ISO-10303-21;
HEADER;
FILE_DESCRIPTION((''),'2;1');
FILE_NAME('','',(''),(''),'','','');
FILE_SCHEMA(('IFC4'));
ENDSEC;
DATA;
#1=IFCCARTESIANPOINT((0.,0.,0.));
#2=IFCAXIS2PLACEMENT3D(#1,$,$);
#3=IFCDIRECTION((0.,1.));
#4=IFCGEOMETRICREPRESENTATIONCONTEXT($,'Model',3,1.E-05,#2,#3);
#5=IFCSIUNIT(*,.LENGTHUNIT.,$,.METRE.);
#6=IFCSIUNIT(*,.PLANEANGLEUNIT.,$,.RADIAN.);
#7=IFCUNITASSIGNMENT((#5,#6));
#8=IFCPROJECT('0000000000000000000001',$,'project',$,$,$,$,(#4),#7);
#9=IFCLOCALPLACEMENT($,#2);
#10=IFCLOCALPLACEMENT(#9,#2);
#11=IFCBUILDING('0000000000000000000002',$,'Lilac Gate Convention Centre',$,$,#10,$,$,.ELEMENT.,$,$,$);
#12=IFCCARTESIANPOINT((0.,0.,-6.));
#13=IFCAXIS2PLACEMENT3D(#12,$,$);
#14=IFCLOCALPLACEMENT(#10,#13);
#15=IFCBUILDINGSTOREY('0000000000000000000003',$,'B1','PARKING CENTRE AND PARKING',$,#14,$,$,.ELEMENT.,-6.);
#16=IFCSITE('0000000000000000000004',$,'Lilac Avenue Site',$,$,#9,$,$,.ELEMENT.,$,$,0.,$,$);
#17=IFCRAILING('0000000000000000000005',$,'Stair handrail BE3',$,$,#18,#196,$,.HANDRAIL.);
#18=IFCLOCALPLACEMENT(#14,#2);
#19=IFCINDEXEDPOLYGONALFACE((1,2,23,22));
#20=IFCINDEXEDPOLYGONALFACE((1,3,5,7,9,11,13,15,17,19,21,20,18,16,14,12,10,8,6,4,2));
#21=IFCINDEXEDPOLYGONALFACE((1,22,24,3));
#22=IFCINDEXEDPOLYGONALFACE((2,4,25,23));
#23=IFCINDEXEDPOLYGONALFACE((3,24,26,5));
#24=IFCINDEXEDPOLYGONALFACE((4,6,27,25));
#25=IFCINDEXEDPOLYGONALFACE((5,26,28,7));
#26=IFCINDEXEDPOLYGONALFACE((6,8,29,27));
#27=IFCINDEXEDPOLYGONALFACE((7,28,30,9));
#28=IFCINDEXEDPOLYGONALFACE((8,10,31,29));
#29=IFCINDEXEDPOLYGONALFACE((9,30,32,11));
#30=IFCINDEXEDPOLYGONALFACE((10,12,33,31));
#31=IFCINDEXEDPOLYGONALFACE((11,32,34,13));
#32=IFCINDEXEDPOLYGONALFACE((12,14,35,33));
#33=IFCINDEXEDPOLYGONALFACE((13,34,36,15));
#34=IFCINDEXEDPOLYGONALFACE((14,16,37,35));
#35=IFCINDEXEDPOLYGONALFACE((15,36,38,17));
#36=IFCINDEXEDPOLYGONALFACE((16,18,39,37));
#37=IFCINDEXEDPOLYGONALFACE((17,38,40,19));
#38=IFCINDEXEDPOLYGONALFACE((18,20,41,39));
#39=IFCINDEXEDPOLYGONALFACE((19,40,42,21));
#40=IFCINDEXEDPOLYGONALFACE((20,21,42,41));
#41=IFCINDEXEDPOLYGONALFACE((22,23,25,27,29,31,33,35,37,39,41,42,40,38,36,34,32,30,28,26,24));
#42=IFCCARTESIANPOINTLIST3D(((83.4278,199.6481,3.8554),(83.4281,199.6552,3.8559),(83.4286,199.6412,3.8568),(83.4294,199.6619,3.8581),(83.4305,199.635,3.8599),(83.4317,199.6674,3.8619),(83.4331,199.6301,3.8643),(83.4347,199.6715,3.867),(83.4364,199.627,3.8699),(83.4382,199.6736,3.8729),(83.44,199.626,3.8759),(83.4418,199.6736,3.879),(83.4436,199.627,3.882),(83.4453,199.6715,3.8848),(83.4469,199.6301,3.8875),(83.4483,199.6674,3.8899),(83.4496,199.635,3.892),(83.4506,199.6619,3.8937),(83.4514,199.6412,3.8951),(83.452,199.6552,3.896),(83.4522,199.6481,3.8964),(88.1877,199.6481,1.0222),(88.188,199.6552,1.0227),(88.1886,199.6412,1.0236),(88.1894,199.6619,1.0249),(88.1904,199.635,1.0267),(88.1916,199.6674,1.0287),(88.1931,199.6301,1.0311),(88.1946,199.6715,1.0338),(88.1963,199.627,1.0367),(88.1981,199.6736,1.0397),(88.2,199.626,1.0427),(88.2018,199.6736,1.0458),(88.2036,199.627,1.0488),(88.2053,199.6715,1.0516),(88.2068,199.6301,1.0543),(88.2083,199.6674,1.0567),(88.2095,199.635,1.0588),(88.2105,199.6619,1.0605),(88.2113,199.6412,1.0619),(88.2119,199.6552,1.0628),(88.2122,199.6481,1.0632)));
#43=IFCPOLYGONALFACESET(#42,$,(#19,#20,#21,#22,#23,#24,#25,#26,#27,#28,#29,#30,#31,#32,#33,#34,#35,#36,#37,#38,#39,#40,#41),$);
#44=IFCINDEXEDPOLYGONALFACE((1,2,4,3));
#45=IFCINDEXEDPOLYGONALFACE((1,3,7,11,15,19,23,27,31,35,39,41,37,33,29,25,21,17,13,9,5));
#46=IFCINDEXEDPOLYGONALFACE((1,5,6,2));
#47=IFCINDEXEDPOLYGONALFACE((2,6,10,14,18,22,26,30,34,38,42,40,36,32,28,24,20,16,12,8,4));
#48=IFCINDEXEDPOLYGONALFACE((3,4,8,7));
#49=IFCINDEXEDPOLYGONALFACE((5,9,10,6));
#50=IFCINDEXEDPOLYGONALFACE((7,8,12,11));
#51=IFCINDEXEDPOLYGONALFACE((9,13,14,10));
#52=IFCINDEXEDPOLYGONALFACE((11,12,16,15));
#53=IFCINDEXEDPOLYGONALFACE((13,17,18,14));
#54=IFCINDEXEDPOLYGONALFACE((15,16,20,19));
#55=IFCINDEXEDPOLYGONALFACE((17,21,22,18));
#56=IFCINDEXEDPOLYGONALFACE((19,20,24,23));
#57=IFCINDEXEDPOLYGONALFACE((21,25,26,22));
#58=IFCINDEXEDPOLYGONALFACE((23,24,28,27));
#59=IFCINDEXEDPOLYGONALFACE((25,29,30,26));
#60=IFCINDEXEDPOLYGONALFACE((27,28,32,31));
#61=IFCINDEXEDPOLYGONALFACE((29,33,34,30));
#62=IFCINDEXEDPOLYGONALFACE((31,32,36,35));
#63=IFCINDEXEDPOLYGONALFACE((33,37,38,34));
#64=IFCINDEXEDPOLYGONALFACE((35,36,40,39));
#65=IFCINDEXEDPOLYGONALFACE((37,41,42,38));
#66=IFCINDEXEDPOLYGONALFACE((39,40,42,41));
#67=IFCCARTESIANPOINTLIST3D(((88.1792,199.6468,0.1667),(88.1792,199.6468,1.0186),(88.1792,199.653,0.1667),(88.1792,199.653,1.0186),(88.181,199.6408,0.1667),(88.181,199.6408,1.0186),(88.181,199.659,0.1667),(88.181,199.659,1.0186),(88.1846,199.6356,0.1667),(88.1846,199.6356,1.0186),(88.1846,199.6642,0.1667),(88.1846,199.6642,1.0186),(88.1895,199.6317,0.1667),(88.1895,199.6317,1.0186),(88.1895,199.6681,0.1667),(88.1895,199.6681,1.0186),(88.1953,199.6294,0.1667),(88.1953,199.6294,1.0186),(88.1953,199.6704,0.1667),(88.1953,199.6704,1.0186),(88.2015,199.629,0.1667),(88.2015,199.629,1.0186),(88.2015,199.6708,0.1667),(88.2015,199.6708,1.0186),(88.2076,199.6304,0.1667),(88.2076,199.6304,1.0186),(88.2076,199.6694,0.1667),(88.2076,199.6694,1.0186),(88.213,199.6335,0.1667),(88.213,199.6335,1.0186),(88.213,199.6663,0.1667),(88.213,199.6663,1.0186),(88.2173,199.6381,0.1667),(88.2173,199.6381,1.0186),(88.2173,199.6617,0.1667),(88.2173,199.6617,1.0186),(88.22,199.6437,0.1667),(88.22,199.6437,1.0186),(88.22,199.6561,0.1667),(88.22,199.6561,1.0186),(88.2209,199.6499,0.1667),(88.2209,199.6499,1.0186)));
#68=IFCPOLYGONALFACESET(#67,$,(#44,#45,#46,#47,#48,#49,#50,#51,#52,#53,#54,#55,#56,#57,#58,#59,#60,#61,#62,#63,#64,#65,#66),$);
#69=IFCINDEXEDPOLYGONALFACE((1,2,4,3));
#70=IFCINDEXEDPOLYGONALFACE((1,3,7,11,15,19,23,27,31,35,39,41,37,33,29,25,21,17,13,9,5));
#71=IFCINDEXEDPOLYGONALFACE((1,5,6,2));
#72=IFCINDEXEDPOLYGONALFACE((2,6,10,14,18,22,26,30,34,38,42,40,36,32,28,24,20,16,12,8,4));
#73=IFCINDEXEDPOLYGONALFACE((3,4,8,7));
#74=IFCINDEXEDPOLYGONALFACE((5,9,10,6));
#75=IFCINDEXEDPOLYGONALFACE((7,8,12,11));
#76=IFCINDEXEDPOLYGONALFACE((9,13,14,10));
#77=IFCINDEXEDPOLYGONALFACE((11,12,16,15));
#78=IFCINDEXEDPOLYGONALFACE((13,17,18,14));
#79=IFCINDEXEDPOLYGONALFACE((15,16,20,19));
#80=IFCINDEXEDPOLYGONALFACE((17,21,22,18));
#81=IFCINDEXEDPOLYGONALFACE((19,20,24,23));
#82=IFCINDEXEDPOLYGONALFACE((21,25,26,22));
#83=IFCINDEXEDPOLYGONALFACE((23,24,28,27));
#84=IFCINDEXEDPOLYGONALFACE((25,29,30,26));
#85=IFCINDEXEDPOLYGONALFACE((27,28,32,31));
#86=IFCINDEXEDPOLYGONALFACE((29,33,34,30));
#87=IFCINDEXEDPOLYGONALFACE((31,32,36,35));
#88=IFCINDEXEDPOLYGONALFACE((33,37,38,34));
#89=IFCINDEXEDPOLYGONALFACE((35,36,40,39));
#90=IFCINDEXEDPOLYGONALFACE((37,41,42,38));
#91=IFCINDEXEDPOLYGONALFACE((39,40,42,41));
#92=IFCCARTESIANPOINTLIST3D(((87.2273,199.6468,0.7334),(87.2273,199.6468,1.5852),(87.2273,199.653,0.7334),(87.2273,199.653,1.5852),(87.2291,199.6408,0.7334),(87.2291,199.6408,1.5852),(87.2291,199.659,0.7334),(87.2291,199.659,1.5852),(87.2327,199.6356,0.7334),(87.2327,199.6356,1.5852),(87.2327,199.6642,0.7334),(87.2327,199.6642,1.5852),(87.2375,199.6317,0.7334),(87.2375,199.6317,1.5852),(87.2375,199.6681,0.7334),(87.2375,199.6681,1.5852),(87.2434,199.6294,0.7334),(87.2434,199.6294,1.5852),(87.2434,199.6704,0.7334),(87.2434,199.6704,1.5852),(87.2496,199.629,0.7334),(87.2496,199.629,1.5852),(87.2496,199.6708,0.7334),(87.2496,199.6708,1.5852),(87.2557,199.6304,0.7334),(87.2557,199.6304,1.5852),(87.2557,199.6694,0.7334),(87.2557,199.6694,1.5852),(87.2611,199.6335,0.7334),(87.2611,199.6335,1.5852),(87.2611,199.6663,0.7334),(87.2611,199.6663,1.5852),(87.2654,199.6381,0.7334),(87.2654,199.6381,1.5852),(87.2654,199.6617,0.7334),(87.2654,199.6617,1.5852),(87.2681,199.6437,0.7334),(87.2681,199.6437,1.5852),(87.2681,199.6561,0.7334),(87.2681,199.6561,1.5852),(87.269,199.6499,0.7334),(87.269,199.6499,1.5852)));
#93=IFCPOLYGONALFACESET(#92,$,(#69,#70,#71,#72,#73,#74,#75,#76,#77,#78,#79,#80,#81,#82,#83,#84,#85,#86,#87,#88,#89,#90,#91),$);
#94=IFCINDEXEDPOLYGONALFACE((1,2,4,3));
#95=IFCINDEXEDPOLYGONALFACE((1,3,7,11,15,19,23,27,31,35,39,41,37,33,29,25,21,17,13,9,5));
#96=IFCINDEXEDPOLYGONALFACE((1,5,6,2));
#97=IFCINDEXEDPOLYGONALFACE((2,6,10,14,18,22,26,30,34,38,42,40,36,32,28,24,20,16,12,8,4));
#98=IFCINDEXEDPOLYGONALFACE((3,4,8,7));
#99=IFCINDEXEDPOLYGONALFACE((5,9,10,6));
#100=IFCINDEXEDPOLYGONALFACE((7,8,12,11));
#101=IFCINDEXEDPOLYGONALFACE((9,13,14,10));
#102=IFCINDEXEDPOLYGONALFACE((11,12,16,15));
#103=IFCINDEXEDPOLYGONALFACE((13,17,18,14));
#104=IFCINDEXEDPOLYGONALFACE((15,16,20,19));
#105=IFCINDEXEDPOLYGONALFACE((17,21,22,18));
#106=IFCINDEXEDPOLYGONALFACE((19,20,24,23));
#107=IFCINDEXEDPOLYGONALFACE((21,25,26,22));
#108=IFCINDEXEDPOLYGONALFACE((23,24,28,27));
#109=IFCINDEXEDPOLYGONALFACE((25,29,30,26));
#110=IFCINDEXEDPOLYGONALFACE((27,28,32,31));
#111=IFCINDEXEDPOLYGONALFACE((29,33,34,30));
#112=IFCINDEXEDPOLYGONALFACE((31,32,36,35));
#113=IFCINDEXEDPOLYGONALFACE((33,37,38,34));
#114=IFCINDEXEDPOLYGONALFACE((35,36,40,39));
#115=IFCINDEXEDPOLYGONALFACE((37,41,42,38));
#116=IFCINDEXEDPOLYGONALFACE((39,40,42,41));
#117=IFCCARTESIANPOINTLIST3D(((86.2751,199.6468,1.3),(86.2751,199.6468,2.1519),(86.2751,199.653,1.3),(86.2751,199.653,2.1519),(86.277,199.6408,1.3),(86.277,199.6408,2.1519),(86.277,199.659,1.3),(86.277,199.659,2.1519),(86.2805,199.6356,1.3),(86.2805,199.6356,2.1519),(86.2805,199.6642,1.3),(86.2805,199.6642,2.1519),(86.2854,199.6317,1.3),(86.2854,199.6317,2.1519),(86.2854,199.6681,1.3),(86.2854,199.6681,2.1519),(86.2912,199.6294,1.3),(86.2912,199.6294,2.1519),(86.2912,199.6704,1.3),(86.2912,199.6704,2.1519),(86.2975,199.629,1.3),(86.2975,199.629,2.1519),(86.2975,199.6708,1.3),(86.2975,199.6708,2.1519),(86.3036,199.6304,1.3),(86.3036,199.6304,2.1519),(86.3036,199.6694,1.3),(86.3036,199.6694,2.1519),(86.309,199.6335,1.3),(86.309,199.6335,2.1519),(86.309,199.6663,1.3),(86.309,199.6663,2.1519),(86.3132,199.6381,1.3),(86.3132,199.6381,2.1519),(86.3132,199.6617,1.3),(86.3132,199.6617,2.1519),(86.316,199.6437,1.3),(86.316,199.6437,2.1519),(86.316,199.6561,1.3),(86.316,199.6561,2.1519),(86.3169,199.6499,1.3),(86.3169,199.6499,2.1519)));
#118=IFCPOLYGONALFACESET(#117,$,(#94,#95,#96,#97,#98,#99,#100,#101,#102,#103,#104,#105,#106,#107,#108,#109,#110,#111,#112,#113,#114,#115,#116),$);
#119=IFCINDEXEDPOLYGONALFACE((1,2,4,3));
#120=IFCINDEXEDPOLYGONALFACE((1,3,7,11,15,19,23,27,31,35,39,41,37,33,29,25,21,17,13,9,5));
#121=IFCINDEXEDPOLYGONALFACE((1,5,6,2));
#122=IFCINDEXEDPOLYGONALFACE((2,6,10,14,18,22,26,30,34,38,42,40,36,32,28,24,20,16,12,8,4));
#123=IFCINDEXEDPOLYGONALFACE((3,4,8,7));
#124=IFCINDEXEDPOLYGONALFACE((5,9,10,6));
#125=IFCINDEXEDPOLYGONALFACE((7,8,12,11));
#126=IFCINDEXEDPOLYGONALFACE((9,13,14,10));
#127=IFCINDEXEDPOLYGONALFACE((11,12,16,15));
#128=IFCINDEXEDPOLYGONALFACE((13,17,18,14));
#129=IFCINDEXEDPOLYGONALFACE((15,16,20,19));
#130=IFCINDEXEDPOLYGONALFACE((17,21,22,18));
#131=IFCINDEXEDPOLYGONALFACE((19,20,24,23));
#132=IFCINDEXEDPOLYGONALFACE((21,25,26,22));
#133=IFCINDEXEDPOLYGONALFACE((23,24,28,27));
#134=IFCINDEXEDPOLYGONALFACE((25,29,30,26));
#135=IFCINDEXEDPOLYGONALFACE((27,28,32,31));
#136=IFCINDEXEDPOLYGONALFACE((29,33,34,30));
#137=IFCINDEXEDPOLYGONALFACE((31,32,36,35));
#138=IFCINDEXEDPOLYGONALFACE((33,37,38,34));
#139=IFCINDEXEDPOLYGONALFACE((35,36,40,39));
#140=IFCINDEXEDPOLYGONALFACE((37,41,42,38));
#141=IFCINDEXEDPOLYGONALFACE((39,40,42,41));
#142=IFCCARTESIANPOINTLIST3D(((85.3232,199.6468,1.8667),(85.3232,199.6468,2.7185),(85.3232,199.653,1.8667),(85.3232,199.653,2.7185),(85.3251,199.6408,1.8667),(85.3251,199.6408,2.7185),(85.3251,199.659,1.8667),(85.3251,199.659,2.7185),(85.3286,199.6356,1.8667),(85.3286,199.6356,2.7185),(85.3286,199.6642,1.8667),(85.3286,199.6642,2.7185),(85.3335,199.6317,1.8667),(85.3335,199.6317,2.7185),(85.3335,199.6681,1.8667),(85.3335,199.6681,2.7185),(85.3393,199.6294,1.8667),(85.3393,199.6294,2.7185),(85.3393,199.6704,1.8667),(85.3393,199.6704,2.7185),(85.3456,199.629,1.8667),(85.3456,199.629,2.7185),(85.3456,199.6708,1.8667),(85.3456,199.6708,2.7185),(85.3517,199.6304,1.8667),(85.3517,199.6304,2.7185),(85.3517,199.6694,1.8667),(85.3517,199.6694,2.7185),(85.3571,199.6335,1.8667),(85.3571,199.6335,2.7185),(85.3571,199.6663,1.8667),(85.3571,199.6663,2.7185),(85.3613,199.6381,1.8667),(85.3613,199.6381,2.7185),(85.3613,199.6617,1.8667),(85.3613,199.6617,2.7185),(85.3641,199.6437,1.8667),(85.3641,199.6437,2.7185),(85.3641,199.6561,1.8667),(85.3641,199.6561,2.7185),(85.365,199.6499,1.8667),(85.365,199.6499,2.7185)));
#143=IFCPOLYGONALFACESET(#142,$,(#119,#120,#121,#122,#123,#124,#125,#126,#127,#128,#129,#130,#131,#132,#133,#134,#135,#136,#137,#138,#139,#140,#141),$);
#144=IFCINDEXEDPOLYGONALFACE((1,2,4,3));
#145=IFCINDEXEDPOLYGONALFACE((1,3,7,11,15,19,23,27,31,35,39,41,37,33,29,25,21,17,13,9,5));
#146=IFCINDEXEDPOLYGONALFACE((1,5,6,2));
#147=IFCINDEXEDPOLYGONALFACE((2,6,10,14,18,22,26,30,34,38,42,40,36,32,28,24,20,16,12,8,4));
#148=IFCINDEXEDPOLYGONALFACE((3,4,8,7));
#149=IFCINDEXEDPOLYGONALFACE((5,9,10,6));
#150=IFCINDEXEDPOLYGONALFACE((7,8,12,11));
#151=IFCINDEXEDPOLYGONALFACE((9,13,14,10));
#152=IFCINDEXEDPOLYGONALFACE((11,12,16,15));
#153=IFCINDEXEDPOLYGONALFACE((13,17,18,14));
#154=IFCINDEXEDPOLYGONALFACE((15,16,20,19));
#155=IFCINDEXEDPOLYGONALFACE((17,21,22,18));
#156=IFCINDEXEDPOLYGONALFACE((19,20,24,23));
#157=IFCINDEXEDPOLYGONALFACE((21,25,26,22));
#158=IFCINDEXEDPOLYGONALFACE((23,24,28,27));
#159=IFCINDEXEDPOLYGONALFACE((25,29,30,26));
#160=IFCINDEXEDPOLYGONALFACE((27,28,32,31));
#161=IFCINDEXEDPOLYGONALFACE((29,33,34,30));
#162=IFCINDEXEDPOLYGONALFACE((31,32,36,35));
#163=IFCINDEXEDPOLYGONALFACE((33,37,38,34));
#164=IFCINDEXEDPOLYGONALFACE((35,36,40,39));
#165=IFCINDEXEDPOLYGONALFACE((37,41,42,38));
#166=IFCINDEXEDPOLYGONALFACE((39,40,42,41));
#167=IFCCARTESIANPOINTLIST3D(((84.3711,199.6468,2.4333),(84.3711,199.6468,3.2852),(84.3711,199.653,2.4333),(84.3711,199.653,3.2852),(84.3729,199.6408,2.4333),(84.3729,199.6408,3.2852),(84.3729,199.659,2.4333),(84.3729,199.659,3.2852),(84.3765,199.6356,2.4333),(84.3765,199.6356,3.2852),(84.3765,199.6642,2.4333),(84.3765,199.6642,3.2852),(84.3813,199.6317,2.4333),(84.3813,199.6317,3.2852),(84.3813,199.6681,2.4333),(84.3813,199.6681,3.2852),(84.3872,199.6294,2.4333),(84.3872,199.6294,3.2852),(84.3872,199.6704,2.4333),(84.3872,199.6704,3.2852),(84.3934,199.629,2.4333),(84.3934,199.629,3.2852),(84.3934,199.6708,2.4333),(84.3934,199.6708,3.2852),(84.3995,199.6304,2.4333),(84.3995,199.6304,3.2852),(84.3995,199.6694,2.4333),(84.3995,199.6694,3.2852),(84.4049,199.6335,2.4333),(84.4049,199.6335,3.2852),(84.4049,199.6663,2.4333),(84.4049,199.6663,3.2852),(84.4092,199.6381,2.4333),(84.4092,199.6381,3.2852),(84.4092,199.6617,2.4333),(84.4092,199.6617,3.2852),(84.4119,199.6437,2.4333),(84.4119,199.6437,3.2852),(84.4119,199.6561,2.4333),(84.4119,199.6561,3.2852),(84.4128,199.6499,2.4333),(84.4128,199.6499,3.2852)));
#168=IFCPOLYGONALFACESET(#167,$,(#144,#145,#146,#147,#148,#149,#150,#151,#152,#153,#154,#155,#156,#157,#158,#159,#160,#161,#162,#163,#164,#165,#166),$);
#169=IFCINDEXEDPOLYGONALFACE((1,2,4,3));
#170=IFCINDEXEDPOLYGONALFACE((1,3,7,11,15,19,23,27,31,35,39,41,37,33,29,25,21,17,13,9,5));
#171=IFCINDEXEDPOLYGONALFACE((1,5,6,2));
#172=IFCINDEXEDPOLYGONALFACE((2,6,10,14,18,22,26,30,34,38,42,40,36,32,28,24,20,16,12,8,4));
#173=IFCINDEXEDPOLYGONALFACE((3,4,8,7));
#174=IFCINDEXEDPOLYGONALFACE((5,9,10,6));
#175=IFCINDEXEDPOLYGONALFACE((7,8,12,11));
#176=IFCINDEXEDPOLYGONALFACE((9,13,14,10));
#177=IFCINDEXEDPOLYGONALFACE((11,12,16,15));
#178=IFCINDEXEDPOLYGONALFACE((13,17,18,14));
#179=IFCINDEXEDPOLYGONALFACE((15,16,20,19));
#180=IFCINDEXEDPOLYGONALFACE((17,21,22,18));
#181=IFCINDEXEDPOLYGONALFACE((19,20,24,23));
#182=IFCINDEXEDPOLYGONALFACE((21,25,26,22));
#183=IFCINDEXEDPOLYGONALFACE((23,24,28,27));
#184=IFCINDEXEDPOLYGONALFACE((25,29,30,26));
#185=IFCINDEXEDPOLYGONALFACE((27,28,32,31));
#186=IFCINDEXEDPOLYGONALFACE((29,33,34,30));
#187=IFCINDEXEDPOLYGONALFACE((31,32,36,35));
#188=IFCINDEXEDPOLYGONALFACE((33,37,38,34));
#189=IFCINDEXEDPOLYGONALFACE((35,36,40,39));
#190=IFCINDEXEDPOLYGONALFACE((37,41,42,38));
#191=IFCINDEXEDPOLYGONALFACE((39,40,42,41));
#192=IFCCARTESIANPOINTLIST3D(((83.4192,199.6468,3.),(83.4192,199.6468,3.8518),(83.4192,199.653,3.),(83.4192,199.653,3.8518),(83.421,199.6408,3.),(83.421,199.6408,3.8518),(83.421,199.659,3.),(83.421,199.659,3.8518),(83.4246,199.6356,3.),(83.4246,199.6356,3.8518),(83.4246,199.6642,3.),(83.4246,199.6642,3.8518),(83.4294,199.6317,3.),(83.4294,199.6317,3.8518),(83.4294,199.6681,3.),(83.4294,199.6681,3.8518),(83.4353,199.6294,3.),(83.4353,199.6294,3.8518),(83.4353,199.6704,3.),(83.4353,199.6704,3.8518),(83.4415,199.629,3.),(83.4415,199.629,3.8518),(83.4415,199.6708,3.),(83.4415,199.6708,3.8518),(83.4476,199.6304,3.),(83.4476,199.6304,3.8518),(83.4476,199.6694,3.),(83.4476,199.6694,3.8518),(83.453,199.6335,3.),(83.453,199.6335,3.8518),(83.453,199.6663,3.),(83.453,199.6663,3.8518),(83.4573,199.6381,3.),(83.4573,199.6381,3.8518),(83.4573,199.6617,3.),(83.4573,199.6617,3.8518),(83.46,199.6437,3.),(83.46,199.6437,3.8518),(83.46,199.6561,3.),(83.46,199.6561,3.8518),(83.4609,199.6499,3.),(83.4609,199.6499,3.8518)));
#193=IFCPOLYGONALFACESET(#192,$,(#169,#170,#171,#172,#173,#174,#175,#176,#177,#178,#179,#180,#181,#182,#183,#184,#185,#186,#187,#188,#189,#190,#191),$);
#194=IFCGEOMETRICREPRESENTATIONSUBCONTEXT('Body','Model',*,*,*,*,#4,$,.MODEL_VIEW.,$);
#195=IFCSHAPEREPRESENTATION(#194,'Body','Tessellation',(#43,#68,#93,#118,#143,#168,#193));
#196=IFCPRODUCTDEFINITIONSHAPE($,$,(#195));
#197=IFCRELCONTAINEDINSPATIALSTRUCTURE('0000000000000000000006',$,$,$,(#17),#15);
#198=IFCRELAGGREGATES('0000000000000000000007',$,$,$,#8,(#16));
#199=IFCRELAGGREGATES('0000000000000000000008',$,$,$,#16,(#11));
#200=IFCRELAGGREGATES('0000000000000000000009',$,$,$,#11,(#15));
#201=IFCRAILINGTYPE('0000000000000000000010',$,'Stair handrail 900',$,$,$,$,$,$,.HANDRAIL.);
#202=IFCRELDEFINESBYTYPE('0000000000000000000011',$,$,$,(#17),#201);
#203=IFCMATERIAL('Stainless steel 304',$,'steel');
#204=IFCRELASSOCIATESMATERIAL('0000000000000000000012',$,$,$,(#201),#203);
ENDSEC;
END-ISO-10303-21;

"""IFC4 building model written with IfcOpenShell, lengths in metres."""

from ifc_helpers import new_model, si_unit, direction, frame, origin, origin_2d, place, context, subcontext, project, spatial, circle, extrude, material, type_object, element, save


model = new_model("IFC4")

# Units and contexts
model_context = context("Model", 3, precision=1e-05, world=origin(), true_north=direction((0.0, 1.0)))
body_context = subcontext(model_context, "Body", "Model", "MODEL_VIEW")
ifc_project = project(units=[si_unit("LENGTHUNIT", "METRE"), si_unit("PLANEANGLEUNIT", "RADIAN")], contexts=[model_context])

# Site, building, storey
site_placement = place(None, origin())
site = spatial("IfcSite", under=ifc_project, at=site_placement, Name="Lilac Avenue Site", CompositionType="ELEMENT", RefElevation=0.0)
building_placement = place(site_placement, origin())
building = spatial("IfcBuilding", under=site, at=building_placement, Name="Lilac Gate Convention Centre", CompositionType="ELEMENT")
storey_placement = place(building_placement, frame((0.0, 0.0, -6.0)))
storey = spatial("IfcBuildingStorey", under=building, at=storey_placement, Name="B1", Description="PARKING CENTRE AND PARKING", CompositionType="ELEMENT", Elevation=-6.0)

# Railing
ifc_material_1 = material(Name="Stainless steel 304", Category="steel")
railing_type = type_object("IfcRailingType", Name="Stair handrail 900", PredefinedType="HANDRAIL", material=ifc_material_1)
for number, where, name in (
    (1, (88.2, 199.6499, 0.1667), "Stair handrail BE3"),
):
    element("IfcRailing", number, at=place(storey_placement, frame(where)), inside=storey, type_object=railing_type, Name=name, PredefinedType="HANDRAIL", context=body_context, shape_type="SweptSolid", body=[
        extrude(circle(Radius=0.0239, at=origin_2d()), frame((0.0, 0.0, 0.876), z_axis=(-0.8593, 0.0, 0.511472), x_axis=(0.0, -1.0, 0.0)), (0.0, 0.0, 1.0), 5.5393),
        extrude(circle(Radius=0.021, at=origin_2d()), origin(), (0.0, 0.0, 1.0), 0.8518),
        extrude(circle(Radius=0.021, at=origin_2d()), frame((-0.9519, 0.0, 0.5667)), (0.0, 0.0, 1.0), 0.8518),
        extrude(circle(Radius=0.021, at=origin_2d()), frame((-1.9041, 0.0, 1.1333)), (0.0, 0.0, 1.0), 0.8518),
        extrude(circle(Radius=0.021, at=origin_2d()), frame((-2.856, 0.0, 1.7)), (0.0, 0.0, 1.0), 0.8518),
        extrude(circle(Radius=0.021, at=origin_2d()), frame((-3.8081, 0.0, 2.2666)), (0.0, 0.0, 1.0), 0.8518),
        extrude(circle(Radius=0.021, at=origin_2d()), frame((-4.76, 0.0, 2.8333)), (0.0, 0.0, 1.0), 0.8518),
    ])

save(model, "model.ifc")
